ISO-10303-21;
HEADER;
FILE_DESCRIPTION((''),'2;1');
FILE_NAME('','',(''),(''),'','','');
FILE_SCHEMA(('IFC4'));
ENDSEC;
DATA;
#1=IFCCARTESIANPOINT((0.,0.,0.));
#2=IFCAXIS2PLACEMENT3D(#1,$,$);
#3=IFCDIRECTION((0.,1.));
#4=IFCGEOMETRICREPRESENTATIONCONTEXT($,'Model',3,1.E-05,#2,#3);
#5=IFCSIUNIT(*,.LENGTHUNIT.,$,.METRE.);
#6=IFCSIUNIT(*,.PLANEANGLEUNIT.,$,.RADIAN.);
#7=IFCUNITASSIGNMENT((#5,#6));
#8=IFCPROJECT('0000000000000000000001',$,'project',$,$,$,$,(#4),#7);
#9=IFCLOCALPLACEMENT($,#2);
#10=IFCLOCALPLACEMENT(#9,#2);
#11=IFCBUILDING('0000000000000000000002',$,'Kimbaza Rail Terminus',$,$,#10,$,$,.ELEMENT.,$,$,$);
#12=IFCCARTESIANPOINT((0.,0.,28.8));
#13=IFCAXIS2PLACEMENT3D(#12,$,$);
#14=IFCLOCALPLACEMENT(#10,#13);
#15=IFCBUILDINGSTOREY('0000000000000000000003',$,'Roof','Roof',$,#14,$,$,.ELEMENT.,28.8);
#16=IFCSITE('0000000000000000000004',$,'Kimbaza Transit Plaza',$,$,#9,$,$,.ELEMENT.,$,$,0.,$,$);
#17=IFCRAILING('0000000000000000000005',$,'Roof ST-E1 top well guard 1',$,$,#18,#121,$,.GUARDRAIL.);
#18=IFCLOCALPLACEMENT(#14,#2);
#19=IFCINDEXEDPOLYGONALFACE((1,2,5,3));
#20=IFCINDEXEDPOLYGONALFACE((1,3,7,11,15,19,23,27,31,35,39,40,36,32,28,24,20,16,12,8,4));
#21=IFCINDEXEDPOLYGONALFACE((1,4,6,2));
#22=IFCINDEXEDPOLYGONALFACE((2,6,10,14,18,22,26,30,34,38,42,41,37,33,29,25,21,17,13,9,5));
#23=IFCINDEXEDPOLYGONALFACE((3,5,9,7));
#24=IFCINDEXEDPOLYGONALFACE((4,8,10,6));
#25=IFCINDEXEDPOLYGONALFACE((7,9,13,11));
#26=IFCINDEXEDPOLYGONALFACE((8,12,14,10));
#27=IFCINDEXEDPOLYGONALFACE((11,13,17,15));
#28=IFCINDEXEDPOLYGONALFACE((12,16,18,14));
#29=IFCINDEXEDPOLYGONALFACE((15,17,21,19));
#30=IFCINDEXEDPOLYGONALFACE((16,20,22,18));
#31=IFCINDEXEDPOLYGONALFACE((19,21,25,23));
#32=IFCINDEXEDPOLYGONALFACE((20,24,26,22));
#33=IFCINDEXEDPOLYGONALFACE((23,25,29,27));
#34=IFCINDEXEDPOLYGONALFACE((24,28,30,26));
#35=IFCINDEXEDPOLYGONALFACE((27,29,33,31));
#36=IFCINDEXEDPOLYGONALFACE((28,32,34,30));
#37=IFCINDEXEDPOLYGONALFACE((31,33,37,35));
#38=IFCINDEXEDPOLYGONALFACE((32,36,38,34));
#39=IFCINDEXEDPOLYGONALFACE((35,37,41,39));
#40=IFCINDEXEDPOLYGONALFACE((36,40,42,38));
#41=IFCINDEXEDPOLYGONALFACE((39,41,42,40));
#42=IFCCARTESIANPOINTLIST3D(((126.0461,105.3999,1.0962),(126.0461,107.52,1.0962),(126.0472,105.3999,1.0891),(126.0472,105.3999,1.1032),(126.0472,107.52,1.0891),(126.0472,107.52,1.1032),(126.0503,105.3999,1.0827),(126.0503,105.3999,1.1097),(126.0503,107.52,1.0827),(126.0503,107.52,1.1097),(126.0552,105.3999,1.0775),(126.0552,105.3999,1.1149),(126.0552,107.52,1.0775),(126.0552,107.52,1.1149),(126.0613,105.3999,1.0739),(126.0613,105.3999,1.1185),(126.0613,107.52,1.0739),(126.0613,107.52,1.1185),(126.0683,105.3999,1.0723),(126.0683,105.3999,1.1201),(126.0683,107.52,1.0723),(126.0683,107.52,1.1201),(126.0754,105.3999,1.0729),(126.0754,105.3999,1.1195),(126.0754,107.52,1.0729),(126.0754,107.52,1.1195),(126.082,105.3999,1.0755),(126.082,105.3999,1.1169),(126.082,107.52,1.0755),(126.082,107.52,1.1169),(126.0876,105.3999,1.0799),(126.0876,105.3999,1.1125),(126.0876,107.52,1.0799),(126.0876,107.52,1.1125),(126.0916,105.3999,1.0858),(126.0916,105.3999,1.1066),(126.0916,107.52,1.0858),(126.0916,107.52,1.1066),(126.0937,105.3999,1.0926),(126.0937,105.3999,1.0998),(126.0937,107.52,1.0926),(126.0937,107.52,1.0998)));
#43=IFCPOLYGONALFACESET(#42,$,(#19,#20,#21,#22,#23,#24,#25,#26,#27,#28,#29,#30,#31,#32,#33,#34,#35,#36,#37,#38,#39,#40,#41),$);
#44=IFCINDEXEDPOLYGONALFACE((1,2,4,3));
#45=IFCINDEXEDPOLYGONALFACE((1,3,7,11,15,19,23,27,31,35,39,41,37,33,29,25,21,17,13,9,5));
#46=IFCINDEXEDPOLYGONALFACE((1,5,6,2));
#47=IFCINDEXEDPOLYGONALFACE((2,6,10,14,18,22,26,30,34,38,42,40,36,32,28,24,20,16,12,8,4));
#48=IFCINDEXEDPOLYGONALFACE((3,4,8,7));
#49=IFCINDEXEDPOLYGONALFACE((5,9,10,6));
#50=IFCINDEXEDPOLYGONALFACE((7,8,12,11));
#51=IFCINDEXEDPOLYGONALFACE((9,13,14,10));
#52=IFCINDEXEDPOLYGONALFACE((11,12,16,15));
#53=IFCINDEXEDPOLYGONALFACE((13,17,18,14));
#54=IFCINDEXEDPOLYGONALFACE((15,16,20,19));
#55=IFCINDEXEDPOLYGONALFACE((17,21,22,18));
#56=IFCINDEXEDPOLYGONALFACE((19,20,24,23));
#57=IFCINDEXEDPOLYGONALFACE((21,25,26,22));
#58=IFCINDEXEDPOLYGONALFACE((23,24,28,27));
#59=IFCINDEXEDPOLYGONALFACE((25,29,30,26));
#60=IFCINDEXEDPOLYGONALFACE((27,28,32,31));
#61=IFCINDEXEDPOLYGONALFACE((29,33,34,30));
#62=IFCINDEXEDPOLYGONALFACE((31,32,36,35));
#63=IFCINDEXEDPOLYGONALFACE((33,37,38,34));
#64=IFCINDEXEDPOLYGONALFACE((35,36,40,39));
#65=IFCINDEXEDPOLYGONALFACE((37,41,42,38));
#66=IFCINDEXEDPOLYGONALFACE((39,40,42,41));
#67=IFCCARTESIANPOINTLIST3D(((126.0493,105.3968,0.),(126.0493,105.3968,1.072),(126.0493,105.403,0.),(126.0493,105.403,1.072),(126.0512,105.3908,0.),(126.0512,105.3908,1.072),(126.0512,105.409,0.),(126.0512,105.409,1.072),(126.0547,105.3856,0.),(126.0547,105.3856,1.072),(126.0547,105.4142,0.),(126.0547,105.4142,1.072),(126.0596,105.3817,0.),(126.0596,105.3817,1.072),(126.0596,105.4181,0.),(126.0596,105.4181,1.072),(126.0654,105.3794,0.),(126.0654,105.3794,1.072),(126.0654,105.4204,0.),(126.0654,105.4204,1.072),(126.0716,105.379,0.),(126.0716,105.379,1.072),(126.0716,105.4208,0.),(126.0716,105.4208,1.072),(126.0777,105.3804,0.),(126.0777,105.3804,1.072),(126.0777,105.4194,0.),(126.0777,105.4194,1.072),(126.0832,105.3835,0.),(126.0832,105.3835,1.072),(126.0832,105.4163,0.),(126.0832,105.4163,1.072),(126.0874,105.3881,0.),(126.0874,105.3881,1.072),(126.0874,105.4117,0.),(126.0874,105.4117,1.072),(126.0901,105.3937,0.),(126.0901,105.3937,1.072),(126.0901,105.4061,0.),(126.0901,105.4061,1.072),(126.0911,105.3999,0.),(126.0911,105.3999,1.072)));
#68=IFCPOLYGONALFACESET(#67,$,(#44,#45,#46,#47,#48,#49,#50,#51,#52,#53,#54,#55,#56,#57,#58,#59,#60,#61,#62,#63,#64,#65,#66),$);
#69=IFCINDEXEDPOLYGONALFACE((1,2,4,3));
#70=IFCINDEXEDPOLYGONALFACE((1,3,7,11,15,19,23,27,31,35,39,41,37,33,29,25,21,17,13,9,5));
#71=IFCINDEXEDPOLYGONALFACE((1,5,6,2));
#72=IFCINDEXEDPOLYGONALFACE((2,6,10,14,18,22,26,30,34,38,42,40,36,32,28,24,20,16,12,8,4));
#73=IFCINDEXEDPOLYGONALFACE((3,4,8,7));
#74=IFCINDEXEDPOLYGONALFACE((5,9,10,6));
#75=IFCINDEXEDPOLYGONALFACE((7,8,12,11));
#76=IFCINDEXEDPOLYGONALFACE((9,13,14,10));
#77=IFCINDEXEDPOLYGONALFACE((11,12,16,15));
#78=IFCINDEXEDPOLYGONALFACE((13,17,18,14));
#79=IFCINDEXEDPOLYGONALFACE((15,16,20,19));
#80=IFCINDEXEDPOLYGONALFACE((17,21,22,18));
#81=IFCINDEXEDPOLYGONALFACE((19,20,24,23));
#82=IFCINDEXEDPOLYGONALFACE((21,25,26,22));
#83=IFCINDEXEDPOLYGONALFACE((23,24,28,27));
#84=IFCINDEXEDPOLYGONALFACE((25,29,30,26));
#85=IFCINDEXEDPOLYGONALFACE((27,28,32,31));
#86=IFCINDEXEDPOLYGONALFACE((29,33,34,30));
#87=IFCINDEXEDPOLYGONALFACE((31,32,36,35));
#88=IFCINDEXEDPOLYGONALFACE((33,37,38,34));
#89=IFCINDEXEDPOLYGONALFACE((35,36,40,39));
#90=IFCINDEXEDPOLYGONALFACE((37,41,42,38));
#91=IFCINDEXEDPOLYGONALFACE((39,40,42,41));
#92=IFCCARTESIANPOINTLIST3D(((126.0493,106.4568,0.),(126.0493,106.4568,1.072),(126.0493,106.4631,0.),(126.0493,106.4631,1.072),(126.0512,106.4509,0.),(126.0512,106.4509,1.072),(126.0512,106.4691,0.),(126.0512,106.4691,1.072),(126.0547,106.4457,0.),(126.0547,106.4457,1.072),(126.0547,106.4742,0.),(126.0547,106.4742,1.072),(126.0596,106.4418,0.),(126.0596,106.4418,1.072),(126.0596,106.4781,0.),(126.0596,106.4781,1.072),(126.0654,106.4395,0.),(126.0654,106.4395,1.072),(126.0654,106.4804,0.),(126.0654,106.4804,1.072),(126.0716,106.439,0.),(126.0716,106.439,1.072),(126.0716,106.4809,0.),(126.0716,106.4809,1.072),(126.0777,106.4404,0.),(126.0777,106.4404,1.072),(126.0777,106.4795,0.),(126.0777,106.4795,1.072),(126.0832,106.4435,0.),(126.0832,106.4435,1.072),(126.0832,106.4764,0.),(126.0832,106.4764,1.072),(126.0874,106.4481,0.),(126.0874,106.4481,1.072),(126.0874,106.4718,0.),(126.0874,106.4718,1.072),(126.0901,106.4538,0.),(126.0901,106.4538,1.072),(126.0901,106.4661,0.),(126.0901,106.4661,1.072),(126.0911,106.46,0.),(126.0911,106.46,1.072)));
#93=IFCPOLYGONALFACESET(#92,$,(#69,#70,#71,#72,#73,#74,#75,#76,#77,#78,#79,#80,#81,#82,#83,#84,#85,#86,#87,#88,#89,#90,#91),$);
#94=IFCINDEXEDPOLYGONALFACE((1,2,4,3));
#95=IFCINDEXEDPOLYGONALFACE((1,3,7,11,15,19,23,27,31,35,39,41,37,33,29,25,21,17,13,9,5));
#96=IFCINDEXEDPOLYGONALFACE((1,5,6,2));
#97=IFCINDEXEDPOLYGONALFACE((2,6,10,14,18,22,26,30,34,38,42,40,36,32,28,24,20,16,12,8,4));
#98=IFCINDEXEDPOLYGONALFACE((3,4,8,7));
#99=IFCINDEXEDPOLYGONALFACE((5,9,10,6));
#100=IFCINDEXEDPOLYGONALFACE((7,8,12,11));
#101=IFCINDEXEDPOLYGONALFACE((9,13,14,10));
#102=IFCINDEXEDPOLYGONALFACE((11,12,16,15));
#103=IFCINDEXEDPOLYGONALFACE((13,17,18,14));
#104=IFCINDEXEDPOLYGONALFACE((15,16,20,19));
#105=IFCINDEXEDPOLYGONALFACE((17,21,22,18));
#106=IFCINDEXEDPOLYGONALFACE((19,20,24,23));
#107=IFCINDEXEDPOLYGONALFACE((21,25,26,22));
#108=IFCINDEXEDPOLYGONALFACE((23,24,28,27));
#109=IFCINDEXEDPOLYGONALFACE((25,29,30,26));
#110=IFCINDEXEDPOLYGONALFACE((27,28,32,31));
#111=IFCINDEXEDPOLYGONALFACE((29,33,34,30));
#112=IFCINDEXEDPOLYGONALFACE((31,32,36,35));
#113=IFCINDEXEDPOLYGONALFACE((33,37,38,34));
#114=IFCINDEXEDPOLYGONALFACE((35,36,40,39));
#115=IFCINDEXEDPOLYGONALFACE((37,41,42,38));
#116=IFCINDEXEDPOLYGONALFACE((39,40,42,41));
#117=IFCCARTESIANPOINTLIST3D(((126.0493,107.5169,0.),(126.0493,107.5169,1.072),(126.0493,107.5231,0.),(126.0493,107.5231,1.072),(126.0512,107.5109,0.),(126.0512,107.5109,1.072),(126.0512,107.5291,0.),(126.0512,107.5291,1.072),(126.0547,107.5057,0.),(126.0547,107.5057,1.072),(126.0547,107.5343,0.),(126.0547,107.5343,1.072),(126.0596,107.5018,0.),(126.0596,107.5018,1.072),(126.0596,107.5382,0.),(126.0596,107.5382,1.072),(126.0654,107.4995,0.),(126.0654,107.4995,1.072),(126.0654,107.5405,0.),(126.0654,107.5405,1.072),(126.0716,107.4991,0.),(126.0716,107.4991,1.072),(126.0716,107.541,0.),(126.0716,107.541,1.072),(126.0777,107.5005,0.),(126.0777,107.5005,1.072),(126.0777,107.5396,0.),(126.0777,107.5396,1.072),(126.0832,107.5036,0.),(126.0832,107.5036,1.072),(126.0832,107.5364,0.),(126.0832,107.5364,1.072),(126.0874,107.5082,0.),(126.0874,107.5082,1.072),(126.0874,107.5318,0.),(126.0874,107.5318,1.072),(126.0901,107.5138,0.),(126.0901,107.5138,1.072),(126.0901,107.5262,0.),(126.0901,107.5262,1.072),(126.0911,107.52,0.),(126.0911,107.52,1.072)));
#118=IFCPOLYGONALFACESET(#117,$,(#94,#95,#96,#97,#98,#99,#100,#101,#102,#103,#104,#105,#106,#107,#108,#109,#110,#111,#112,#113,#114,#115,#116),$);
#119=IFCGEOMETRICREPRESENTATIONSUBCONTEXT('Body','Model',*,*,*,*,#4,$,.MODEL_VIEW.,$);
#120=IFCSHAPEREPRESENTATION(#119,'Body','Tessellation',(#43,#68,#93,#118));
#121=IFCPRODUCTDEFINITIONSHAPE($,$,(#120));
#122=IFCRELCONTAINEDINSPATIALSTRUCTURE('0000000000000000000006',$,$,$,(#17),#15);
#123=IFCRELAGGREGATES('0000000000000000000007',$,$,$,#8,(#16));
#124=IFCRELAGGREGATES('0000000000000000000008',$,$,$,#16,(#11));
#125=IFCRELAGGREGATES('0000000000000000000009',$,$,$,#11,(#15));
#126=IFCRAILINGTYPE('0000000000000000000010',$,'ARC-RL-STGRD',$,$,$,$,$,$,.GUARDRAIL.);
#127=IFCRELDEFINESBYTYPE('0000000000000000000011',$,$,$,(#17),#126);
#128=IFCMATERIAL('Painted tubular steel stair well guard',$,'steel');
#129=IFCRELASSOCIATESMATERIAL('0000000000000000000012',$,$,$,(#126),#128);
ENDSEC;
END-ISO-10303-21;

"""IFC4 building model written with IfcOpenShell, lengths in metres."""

from ifc_helpers import new_model, si_unit, direction, frame, origin, origin_2d, place, context, subcontext, project, spatial, circle, extrude, material, type_object, element, save


model = new_model("IFC4")

# Units and contexts
model_context = context("Model", 3, precision=1e-05, world=origin(), true_north=direction((0.0, 1.0)))
body_context = subcontext(model_context, "Body", "Model", "MODEL_VIEW")
ifc_project = project(units=[si_unit("LENGTHUNIT", "METRE"), si_unit("PLANEANGLEUNIT", "RADIAN")], contexts=[model_context])

# Site, building, storey
site_placement = place(None, origin())
site = spatial("IfcSite", under=ifc_project, at=site_placement, Name="Kimbaza Transit Plaza", CompositionType="ELEMENT", RefElevation=0.0)
building_placement = place(site_placement, origin())
building = spatial("IfcBuilding", under=site, at=building_placement, Name="Kimbaza Rail Terminus", CompositionType="ELEMENT")
storey_placement = place(building_placement, frame((0.0, 0.0, 28.8)))
storey = spatial("IfcBuildingStorey", under=building, at=storey_placement, Name="Roof", Description="Roof", CompositionType="ELEMENT", Elevation=28.8)

# Railing
ifc_material_1 = material(Name="Painted tubular steel stair well guard", Category="steel")
railing_type = type_object("IfcRailingType", Name="ARC-RL-STGRD", PredefinedType="GUARDRAIL", material=ifc_material_1)
railing_placement = place(storey_placement, frame((126.0701, 105.3999, 0.0)))
element("IfcRailing", 1, at=railing_placement, inside=storey, type_object=railing_type, Name="Roof ST-E1 top well guard 1", PredefinedType="GUARDRAIL", context=body_context, shape_type="SweptSolid", body=[
    extrude(circle(Radius=0.0239, at=origin_2d()), frame((0.0, 0.0, 1.0962), z_axis=(0.0, 1.0, 0.0), x_axis=(-1.0, 0.0, 0.0)), (0.0, 0.0, 1.0), 2.1201),
    extrude(circle(Radius=0.021, at=origin_2d()), origin(), (0.0, 0.0, 1.0), 1.072),
    extrude(circle(Radius=0.021, at=origin_2d()), frame((0.0, 1.0601, 0.0)), (0.0, 0.0, 1.0), 1.072),
    extrude(circle(Radius=0.021, at=origin_2d()), frame((0.0, 2.1201, 0.0)), (0.0, 0.0, 1.0), 1.072),
])

save(model, "model.ifc")
